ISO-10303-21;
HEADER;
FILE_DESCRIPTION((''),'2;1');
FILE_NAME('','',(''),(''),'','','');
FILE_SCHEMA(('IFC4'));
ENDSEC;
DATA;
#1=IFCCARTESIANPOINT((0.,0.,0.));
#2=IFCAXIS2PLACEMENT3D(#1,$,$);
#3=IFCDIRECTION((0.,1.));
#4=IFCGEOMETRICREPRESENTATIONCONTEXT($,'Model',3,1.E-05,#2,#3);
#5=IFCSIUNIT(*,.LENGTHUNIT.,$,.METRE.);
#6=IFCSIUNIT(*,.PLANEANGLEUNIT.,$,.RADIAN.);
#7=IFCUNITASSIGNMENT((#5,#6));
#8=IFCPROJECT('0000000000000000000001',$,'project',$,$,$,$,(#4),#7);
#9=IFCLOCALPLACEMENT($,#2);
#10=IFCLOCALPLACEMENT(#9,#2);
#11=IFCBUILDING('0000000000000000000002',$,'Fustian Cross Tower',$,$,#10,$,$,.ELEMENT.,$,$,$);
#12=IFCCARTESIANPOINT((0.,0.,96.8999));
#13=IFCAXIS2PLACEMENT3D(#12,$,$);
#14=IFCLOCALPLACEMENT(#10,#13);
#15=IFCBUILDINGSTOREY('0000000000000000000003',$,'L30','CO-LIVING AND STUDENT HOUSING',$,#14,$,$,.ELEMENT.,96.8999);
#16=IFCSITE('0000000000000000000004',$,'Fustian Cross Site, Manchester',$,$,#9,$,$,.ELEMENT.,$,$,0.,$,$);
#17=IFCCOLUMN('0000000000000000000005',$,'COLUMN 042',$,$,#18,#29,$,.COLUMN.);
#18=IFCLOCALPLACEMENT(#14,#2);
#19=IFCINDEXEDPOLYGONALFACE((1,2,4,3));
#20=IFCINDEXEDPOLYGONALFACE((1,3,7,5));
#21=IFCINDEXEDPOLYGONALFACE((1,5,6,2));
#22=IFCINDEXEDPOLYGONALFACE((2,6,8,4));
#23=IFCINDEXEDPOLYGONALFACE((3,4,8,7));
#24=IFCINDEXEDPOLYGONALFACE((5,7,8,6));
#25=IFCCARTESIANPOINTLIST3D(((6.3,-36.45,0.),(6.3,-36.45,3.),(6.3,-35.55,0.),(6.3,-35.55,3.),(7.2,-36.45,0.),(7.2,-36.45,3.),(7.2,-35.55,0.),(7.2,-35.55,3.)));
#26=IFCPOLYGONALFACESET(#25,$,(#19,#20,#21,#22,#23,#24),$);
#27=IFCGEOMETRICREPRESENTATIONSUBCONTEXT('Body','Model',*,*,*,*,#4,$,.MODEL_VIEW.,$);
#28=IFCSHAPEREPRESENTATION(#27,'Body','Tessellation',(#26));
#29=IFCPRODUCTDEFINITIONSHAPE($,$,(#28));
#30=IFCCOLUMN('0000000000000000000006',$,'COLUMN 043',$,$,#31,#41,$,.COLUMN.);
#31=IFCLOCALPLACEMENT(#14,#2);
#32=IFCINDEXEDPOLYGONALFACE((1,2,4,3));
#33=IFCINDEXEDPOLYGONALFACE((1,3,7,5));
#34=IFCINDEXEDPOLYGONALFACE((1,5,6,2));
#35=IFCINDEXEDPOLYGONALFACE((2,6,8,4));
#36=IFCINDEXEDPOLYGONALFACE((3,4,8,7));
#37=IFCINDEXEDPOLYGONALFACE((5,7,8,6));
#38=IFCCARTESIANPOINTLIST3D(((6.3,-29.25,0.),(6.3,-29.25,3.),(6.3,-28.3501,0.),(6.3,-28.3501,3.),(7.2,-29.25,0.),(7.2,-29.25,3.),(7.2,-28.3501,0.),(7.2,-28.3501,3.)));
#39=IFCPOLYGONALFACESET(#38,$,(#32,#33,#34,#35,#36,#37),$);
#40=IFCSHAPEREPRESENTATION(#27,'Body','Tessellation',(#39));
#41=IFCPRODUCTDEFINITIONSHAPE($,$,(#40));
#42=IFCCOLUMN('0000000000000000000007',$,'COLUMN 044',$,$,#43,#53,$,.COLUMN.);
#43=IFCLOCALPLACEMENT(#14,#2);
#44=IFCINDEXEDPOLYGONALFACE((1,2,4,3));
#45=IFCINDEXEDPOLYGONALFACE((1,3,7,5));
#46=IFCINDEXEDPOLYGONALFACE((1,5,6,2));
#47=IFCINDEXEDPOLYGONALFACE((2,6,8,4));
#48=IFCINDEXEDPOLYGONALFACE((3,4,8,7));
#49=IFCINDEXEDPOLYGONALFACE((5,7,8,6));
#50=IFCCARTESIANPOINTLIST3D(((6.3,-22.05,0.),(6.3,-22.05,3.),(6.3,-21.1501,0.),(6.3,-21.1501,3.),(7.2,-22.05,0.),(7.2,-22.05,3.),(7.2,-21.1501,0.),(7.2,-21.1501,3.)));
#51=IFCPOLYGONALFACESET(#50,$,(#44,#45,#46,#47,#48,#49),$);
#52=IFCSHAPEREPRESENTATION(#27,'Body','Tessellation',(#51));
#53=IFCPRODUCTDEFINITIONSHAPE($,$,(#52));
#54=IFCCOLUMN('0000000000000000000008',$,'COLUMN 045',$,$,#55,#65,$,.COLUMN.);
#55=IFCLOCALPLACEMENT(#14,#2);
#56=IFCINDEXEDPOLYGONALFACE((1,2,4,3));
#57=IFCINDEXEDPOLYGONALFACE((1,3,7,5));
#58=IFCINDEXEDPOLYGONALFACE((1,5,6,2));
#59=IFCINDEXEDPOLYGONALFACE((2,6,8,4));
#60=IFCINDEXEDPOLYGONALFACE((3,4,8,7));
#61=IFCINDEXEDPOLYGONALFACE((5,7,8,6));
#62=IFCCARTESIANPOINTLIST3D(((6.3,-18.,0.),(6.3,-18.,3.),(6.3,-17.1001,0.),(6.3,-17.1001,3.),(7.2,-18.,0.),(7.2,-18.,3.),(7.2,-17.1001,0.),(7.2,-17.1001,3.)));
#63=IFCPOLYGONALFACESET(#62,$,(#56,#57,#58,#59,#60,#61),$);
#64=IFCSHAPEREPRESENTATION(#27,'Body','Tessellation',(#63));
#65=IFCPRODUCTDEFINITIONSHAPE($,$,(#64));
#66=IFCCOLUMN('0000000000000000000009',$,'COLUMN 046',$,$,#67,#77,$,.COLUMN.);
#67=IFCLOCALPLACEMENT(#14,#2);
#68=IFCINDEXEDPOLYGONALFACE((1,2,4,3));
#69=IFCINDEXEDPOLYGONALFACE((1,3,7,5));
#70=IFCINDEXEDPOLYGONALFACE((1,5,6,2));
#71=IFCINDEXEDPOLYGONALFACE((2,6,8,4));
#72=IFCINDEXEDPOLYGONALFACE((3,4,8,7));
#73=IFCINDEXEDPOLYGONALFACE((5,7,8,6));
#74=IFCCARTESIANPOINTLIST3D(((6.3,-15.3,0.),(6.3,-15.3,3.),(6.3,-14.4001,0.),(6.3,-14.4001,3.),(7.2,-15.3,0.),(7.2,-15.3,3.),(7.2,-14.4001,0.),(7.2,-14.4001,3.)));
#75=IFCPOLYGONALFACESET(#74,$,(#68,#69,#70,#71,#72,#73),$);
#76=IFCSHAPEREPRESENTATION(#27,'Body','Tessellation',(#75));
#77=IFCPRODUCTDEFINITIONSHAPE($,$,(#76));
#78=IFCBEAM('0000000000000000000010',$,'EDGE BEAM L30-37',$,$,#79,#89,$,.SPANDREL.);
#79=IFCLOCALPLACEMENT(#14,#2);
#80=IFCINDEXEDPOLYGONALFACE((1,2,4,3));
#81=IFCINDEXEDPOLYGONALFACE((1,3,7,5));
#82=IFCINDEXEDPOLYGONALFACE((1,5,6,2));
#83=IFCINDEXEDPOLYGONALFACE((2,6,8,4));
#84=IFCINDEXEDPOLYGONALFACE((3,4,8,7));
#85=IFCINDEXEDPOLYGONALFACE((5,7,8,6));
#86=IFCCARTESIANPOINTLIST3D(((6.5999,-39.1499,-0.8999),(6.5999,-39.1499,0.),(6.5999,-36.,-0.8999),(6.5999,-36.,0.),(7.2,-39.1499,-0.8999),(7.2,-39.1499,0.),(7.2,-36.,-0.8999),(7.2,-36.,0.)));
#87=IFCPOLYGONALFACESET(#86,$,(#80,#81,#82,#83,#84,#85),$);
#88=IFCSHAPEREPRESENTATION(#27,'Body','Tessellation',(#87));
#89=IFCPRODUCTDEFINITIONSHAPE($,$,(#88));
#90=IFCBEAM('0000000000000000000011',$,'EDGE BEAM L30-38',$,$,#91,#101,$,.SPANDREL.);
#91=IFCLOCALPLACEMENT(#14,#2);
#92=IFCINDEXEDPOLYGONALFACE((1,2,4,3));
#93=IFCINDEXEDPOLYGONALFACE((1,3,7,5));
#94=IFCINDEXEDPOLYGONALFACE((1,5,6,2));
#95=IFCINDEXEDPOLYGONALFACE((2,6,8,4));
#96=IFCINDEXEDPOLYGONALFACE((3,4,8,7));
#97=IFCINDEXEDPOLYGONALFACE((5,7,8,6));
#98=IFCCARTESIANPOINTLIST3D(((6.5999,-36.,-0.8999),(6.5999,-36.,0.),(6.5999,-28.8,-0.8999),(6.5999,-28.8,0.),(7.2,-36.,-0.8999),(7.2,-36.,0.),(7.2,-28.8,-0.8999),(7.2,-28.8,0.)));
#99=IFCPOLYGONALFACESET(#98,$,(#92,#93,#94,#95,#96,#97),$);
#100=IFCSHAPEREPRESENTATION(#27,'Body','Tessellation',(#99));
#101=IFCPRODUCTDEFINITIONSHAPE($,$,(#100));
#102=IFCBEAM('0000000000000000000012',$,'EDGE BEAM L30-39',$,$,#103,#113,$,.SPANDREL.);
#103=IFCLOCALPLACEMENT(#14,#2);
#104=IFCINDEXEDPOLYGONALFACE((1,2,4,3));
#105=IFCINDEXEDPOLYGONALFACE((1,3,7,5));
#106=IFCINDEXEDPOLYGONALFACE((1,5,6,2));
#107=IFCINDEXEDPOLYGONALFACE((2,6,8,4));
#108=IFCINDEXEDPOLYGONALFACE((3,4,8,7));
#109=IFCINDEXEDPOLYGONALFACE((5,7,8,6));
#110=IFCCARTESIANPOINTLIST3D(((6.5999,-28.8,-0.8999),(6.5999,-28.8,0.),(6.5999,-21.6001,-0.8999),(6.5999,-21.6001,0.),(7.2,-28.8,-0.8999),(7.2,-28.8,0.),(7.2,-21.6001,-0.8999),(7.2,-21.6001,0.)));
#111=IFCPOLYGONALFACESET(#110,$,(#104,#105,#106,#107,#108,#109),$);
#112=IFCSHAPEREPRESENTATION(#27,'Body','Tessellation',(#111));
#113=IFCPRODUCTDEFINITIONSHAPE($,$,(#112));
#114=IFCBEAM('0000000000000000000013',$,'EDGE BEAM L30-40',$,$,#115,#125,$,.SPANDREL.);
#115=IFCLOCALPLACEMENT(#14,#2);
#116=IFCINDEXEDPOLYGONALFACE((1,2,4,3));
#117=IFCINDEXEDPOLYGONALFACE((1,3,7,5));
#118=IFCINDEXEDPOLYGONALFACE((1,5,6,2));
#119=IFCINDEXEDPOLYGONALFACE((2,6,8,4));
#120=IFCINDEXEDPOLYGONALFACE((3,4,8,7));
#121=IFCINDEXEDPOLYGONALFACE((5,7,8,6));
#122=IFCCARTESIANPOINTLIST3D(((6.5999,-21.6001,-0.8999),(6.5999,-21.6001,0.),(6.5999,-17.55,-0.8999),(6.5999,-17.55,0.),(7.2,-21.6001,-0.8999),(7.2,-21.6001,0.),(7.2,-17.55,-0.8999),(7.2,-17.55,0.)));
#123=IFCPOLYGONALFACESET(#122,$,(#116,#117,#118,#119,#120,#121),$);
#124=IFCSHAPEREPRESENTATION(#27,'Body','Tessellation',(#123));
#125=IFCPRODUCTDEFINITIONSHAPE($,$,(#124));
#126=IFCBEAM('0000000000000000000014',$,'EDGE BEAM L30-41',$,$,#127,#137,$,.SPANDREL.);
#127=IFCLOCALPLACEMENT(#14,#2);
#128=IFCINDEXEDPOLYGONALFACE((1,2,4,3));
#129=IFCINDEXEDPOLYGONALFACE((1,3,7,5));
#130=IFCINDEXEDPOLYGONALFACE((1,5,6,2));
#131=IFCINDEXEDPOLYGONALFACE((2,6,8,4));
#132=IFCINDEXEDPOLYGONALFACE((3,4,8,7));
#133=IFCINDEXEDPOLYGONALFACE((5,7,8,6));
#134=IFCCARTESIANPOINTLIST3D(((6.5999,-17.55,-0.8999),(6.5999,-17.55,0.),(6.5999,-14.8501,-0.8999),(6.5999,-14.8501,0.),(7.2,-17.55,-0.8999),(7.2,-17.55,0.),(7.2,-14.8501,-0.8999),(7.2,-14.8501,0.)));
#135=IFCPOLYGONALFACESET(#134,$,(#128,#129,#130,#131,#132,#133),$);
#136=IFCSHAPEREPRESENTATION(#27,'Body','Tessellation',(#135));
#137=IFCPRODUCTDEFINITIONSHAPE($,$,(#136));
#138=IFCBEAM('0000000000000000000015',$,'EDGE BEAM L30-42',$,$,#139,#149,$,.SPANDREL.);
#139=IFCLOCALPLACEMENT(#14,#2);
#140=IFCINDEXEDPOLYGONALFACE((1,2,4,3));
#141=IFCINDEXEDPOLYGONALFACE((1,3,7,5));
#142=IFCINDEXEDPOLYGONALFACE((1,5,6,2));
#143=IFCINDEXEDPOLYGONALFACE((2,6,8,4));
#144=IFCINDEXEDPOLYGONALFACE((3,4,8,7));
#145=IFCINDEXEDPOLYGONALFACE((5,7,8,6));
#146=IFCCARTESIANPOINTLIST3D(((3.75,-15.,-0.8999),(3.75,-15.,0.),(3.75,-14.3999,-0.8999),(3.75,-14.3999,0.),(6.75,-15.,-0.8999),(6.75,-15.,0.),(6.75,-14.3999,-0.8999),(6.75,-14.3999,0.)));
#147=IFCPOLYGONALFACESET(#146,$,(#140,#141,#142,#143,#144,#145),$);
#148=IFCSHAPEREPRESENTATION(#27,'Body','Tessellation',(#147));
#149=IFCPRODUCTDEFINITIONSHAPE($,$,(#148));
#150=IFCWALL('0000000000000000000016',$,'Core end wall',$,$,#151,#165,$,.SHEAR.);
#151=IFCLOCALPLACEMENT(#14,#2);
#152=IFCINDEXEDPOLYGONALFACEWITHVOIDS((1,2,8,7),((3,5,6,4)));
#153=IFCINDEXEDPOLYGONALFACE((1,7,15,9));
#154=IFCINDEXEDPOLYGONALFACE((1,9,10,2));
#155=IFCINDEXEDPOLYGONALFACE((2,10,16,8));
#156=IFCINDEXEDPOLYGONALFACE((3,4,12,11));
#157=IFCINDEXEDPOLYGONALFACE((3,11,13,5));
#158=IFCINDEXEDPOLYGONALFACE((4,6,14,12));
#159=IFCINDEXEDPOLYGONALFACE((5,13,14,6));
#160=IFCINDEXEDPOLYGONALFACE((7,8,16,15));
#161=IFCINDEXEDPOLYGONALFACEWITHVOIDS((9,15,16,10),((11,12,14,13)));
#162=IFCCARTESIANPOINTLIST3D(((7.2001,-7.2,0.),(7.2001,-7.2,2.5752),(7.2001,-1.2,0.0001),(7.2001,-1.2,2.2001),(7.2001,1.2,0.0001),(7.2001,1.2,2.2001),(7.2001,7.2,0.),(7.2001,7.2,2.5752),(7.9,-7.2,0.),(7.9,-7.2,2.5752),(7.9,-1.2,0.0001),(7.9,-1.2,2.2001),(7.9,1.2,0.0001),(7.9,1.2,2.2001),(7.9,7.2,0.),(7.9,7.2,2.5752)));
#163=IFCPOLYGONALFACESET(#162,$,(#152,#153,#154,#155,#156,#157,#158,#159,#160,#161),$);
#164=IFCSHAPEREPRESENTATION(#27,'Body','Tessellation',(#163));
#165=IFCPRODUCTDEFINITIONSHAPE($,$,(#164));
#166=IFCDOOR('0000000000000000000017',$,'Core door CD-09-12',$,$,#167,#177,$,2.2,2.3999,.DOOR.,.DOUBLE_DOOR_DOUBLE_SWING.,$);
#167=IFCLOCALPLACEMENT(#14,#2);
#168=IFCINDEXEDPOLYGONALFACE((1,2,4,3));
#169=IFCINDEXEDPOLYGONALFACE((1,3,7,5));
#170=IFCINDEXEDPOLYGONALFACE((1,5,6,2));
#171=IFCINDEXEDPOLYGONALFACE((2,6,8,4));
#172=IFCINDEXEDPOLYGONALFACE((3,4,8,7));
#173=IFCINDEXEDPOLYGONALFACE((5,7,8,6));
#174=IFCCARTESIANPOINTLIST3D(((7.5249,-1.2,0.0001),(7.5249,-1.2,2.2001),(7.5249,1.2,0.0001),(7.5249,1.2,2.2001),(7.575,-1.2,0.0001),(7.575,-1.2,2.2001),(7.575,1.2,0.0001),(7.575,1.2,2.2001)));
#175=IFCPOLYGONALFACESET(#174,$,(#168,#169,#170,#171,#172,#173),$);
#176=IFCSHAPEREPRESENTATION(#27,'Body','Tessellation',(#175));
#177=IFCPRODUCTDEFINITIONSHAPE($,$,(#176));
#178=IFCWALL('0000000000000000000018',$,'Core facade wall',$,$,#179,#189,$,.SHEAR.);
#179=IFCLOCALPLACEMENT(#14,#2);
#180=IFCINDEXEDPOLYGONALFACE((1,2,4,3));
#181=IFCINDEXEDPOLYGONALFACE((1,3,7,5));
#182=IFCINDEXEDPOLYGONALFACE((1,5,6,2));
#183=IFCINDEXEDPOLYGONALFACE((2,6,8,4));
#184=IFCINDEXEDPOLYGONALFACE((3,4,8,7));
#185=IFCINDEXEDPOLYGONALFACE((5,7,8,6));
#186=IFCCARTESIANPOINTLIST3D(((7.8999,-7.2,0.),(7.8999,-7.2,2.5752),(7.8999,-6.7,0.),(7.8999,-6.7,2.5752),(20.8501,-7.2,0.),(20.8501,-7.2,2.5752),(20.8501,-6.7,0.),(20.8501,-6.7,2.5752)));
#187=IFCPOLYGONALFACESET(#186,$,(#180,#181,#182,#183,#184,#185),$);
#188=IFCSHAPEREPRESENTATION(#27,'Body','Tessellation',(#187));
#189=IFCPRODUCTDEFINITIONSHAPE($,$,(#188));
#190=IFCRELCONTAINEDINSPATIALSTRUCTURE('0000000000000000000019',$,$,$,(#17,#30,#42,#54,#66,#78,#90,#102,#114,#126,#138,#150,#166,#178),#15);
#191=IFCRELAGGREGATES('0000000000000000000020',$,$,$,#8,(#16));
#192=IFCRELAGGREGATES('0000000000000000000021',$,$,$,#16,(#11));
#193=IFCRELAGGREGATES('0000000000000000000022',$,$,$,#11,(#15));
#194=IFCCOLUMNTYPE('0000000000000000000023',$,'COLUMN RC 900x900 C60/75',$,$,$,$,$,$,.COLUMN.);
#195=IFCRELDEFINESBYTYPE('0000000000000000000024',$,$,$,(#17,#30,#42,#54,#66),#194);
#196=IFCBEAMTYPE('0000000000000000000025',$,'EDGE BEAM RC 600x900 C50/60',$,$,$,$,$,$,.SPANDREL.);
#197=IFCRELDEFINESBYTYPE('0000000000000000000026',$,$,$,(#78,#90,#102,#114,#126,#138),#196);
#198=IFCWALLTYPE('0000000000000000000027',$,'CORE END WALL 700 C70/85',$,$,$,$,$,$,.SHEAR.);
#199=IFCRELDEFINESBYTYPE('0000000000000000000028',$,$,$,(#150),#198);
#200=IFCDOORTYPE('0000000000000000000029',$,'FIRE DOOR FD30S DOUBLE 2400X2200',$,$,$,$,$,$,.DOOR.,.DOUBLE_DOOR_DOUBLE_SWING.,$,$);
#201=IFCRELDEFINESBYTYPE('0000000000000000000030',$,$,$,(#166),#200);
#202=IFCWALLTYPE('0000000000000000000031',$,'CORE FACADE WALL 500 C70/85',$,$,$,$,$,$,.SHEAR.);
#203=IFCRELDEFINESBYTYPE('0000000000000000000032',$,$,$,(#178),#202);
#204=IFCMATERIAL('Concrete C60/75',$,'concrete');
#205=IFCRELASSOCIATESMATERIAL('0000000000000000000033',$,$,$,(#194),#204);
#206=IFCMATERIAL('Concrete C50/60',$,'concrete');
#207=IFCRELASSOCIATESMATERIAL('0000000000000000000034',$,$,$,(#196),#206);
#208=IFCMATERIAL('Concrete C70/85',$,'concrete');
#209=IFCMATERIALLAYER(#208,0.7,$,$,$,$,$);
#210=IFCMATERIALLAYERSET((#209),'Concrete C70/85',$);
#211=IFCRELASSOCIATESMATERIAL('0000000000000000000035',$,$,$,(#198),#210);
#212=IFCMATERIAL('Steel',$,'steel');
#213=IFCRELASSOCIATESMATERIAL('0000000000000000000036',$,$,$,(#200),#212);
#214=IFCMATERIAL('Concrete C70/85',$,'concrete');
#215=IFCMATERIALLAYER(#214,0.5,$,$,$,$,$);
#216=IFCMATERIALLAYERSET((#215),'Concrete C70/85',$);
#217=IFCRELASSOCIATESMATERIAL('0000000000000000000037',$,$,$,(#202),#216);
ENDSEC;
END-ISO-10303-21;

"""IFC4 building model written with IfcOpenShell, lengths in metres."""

from ifc_helpers import new_model, si_unit, direction, frame, frame_2d, origin, origin_2d, place, context, subcontext, project, spatial, rectangle, extrude, material, layer, layer_set, material_profile, profile_set, type_object, element, fill, save


model = new_model("IFC4")

# Units and contexts
model_context = context("Model", 3, precision=1e-05, world=origin(), true_north=direction((0.0, 1.0)))
body_context = subcontext(model_context, "Body", "Model", "MODEL_VIEW")
ifc_project = project(units=[si_unit("LENGTHUNIT", "METRE"), si_unit("PLANEANGLEUNIT", "RADIAN")], contexts=[model_context])

# Site, building, storey
site_placement = place(None, origin())
site = spatial("IfcSite", under=ifc_project, at=site_placement, Name="Fustian Cross Site, Manchester", CompositionType="ELEMENT", RefElevation=0.0)
building_placement = place(site_placement, origin())
building = spatial("IfcBuilding", under=site, at=building_placement, Name="Fustian Cross Tower", CompositionType="ELEMENT")
storey_placement = place(building_placement, frame((0.0, 0.0, 96.8999)))
storey = spatial("IfcBuildingStorey", under=building, at=storey_placement, Name="L30", Description="CO-LIVING AND STUDENT HOUSING", CompositionType="ELEMENT", Elevation=96.8999)

# Columns
ifc_material_1 = material(Name="Concrete C60/75", Category="concrete")
ifc_material_profile_1 = material_profile(ifc_material_1, rectangle(XDim=0.8999, YDim=0.8999, at=origin_2d()), Name="RC 900x900")
ifc_profile_set_1 = profile_set([ifc_material_profile_1], Name="Concrete C60/75")
column_type = type_object("IfcColumnType", Name="COLUMN RC 900x900 C60/75", PredefinedType="COLUMN", material=ifc_profile_set_1)
for number, where, z_axis, x_axis, name in (
    (1, (6.75, -36.0, 0.0), (0.0, 0.0, 1.0), (1.0, 0.0, 0.0), "COLUMN 042"),
    (2, (6.75, -28.8, 0.0), (0.0, 0.0, 1.0), (1.0, 0.0, 0.0), "COLUMN 043"),
    (3, (6.75, -21.6001, 0.0), (0.0, 0.0, 1.0), (1.0, 0.0, 0.0), "COLUMN 044"),
    (4, (6.75, -17.55, 0.0), (0.0, 0.0, 1.0), (1.0, 0.0, 0.0), "COLUMN 045"),
    (5, (6.75, -14.8501, 0.0), (0.0, 0.0, 1.0), (1.0, 0.0, 0.0), "COLUMN 046"),
):
    element("IfcColumn", number, at=place(storey_placement, frame(where, z_axis=z_axis, x_axis=x_axis)), inside=storey, type_object=column_type, Name=name, PredefinedType="COLUMN", context=body_context, shape_type="SweptSolid", body=[
        extrude(rectangle(XDim=0.8999, YDim=0.8999, at=origin_2d()), origin(), (0.0, 0.0, 1.0), 3.0),
    ])

# Beams
ifc_material_2 = material(Name="Concrete C50/60", Category="concrete")
ifc_material_profile_2 = material_profile(ifc_material_2, rectangle(XDim=0.6001, YDim=0.8999, at=origin_2d()), Name="RC 600x900")
ifc_profile_set_2 = profile_set([ifc_material_profile_2], Name="Concrete C50/60")
beam_type = type_object("IfcBeamType", Name="EDGE BEAM RC 600x900 C50/60", PredefinedType="SPANDREL", material=ifc_profile_set_2)
beam_1_placement = place(storey_placement, frame((6.8999, -39.1499, -0.45), z_axis=(0.0, 1.0, 0.0), x_axis=(-1.0, 0.0, 0.0)))
element("IfcBeam", 6, at=beam_1_placement, inside=storey, type_object=beam_type, Name="EDGE BEAM L30-37", PredefinedType="SPANDREL", context=body_context, shape_type="SweptSolid", body=[
    extrude(rectangle(XDim=0.6001, YDim=0.8999, at=origin_2d()), origin(), (0.0, 0.0, 1.0), 3.1499),
])
for number, where, z_axis, x_axis, name in (
    (7, (6.8999, -36.0, -0.45), (0.0, 1.0, 0.0), (-1.0, 0.0, 0.0), "EDGE BEAM L30-38"),
    (8, (6.8999, -28.8, -0.45), (0.0, 1.0, 0.0), (-1.0, 0.0, 0.0), "EDGE BEAM L30-39"),
):
    element("IfcBeam", number, at=place(storey_placement, frame(where, z_axis=z_axis, x_axis=x_axis)), inside=storey, type_object=beam_type, Name=name, PredefinedType="SPANDREL", context=body_context, shape_type="SweptSolid", body=[
        extrude(rectangle(XDim=0.6001, YDim=0.8999, at=origin_2d()), origin(), (0.0, 0.0, 1.0), 7.2),
    ])
beam_2_placement = place(storey_placement, frame((6.8999, -21.6001, -0.45), z_axis=(0.0, 1.0, 0.0), x_axis=(-1.0, 0.0, 0.0)))
element("IfcBeam", 9, at=beam_2_placement, inside=storey, type_object=beam_type, Name="EDGE BEAM L30-40", PredefinedType="SPANDREL", context=body_context, shape_type="SweptSolid", body=[
    extrude(rectangle(XDim=0.6001, YDim=0.8999, at=origin_2d()), origin(), (0.0, 0.0, 1.0), 4.05),
])
beam_3_placement = place(storey_placement, frame((6.8999, -17.55, -0.45), z_axis=(0.0, 1.0, 0.0), x_axis=(-1.0, 0.0, 0.0)))
element("IfcBeam", 10, at=beam_3_placement, inside=storey, type_object=beam_type, Name="EDGE BEAM L30-41", PredefinedType="SPANDREL", context=body_context, shape_type="SweptSolid", body=[
    extrude(rectangle(XDim=0.6001, YDim=0.8999, at=origin_2d()), origin(), (0.0, 0.0, 1.0), 2.7),
])
beam_4_placement = place(storey_placement, frame((6.75, -14.7, -0.45), z_axis=(-1.0, 0.0, 0.0), x_axis=(0.0, -1.0, 0.0)))
element("IfcBeam", 11, at=beam_4_placement, inside=storey, type_object=beam_type, Name="EDGE BEAM L30-42", PredefinedType="SPANDREL", context=body_context, shape_type="SweptSolid", body=[
    extrude(rectangle(XDim=0.6001, YDim=0.8999, at=origin_2d()), origin(), (0.0, 0.0, 1.0), 3.0),
])

# Wall, opening, door
ifc_material_3 = material(Name="Concrete C70/85", Category="concrete")
ifc_layer_1 = layer(ifc_material_3, 0.7)
ifc_layer_set_1 = layer_set([ifc_layer_1], Name="Concrete C70/85")
wall_type_1 = type_object("IfcWallType", Name="CORE END WALL 700 C70/85", PredefinedType="SHEAR", material=ifc_layer_set_1)
wall_1_placement = place(storey_placement, frame((7.55, -7.2, 0.0), z_axis=(0.0, 0.0, 1.0), x_axis=(0.0, 1.0, 0.0)))
wall_1 = element("IfcWall", 12, at=wall_1_placement, inside=storey, type_object=wall_type_1, Name="Core end wall", PredefinedType="SHEAR", context=body_context, shape_type="SweptSolid", body=[
    extrude(rectangle(XDim=14.3999, YDim=0.7, at=frame_2d((7.2, 0.0))), origin(), (0.0, 0.0, 1.0), 2.5752),
])
opening_1_placement = place(wall_1_placement, frame((6.0, 0.0, 0.0)))
opening_1 = element("IfcOpeningElement", 13, at=opening_1_placement, cuts=wall_1, PredefinedType="OPENING", context=body_context, shape_type="SweptSolid", body=[
    extrude(rectangle(XDim=2.3999, YDim=2.2, at=frame_2d((1.2, 1.1001))), frame((0.0, 0.3599, 0.0), z_axis=(0.0, -1.0, 0.0), x_axis=(1.0, 0.0, 0.0)), (0.0, 0.0, 1.0), 0.72),
])
ifc_material_4 = material(Name="Steel", Category="steel")
door_type = type_object("IfcDoorType", Name="FIRE DOOR FD30S DOUBLE 2400X2200", OperationType="DOUBLE_DOOR_DOUBLE_SWING", PredefinedType="DOOR", material=ifc_material_4)
door_placement = place(opening_1_placement, frame((2.3999, 0.0, 0.0), z_axis=(0.0, 0.0, 1.0), x_axis=(-1.0, 0.0, 0.0)))
door = element("IfcDoor", 14, at=door_placement, inside=storey, type_object=door_type, Name="Core door CD-09-12", OperationType="DOUBLE_DOOR_DOUBLE_SWING", OverallHeight=2.2, OverallWidth=2.3999, PredefinedType="DOOR", context=body_context, shape_type="SweptSolid", body=[
    extrude(rectangle(XDim=2.3999, YDim=2.2, at=frame_2d((1.2, 1.1001))), frame((0.0, 0.0249, 0.0), z_axis=(0.0, -1.0, 0.0), x_axis=(1.0, 0.0, 0.0)), (0.0, 0.0, 1.0), 0.05),
])
fill(opening_1, door)

# Wall
ifc_material_5 = material(Name="Concrete C70/85", Category="concrete")
ifc_layer_2 = layer(ifc_material_5, 0.5)
ifc_layer_set_2 = layer_set([ifc_layer_2], Name="Concrete C70/85")
wall_type_2 = type_object("IfcWallType", Name="CORE FACADE WALL 500 C70/85", PredefinedType="SHEAR", material=ifc_layer_set_2)
wall_2_placement = place(storey_placement, frame((7.8999, -6.95, 0.0), z_axis=(0.0, 0.0, 1.0), x_axis=(1.0, 0.0, 0.0)))
element("IfcWall", 15, at=wall_2_placement, inside=storey, type_object=wall_type_2, Name="Core facade wall", PredefinedType="SHEAR", context=body_context, shape_type="SweptSolid", body=[
    extrude(rectangle(XDim=12.9502, YDim=0.5, at=frame_2d((6.4751, 0.0))), origin(), (0.0, 0.0, 1.0), 2.5752),
])

save(model, "model.ifc")
